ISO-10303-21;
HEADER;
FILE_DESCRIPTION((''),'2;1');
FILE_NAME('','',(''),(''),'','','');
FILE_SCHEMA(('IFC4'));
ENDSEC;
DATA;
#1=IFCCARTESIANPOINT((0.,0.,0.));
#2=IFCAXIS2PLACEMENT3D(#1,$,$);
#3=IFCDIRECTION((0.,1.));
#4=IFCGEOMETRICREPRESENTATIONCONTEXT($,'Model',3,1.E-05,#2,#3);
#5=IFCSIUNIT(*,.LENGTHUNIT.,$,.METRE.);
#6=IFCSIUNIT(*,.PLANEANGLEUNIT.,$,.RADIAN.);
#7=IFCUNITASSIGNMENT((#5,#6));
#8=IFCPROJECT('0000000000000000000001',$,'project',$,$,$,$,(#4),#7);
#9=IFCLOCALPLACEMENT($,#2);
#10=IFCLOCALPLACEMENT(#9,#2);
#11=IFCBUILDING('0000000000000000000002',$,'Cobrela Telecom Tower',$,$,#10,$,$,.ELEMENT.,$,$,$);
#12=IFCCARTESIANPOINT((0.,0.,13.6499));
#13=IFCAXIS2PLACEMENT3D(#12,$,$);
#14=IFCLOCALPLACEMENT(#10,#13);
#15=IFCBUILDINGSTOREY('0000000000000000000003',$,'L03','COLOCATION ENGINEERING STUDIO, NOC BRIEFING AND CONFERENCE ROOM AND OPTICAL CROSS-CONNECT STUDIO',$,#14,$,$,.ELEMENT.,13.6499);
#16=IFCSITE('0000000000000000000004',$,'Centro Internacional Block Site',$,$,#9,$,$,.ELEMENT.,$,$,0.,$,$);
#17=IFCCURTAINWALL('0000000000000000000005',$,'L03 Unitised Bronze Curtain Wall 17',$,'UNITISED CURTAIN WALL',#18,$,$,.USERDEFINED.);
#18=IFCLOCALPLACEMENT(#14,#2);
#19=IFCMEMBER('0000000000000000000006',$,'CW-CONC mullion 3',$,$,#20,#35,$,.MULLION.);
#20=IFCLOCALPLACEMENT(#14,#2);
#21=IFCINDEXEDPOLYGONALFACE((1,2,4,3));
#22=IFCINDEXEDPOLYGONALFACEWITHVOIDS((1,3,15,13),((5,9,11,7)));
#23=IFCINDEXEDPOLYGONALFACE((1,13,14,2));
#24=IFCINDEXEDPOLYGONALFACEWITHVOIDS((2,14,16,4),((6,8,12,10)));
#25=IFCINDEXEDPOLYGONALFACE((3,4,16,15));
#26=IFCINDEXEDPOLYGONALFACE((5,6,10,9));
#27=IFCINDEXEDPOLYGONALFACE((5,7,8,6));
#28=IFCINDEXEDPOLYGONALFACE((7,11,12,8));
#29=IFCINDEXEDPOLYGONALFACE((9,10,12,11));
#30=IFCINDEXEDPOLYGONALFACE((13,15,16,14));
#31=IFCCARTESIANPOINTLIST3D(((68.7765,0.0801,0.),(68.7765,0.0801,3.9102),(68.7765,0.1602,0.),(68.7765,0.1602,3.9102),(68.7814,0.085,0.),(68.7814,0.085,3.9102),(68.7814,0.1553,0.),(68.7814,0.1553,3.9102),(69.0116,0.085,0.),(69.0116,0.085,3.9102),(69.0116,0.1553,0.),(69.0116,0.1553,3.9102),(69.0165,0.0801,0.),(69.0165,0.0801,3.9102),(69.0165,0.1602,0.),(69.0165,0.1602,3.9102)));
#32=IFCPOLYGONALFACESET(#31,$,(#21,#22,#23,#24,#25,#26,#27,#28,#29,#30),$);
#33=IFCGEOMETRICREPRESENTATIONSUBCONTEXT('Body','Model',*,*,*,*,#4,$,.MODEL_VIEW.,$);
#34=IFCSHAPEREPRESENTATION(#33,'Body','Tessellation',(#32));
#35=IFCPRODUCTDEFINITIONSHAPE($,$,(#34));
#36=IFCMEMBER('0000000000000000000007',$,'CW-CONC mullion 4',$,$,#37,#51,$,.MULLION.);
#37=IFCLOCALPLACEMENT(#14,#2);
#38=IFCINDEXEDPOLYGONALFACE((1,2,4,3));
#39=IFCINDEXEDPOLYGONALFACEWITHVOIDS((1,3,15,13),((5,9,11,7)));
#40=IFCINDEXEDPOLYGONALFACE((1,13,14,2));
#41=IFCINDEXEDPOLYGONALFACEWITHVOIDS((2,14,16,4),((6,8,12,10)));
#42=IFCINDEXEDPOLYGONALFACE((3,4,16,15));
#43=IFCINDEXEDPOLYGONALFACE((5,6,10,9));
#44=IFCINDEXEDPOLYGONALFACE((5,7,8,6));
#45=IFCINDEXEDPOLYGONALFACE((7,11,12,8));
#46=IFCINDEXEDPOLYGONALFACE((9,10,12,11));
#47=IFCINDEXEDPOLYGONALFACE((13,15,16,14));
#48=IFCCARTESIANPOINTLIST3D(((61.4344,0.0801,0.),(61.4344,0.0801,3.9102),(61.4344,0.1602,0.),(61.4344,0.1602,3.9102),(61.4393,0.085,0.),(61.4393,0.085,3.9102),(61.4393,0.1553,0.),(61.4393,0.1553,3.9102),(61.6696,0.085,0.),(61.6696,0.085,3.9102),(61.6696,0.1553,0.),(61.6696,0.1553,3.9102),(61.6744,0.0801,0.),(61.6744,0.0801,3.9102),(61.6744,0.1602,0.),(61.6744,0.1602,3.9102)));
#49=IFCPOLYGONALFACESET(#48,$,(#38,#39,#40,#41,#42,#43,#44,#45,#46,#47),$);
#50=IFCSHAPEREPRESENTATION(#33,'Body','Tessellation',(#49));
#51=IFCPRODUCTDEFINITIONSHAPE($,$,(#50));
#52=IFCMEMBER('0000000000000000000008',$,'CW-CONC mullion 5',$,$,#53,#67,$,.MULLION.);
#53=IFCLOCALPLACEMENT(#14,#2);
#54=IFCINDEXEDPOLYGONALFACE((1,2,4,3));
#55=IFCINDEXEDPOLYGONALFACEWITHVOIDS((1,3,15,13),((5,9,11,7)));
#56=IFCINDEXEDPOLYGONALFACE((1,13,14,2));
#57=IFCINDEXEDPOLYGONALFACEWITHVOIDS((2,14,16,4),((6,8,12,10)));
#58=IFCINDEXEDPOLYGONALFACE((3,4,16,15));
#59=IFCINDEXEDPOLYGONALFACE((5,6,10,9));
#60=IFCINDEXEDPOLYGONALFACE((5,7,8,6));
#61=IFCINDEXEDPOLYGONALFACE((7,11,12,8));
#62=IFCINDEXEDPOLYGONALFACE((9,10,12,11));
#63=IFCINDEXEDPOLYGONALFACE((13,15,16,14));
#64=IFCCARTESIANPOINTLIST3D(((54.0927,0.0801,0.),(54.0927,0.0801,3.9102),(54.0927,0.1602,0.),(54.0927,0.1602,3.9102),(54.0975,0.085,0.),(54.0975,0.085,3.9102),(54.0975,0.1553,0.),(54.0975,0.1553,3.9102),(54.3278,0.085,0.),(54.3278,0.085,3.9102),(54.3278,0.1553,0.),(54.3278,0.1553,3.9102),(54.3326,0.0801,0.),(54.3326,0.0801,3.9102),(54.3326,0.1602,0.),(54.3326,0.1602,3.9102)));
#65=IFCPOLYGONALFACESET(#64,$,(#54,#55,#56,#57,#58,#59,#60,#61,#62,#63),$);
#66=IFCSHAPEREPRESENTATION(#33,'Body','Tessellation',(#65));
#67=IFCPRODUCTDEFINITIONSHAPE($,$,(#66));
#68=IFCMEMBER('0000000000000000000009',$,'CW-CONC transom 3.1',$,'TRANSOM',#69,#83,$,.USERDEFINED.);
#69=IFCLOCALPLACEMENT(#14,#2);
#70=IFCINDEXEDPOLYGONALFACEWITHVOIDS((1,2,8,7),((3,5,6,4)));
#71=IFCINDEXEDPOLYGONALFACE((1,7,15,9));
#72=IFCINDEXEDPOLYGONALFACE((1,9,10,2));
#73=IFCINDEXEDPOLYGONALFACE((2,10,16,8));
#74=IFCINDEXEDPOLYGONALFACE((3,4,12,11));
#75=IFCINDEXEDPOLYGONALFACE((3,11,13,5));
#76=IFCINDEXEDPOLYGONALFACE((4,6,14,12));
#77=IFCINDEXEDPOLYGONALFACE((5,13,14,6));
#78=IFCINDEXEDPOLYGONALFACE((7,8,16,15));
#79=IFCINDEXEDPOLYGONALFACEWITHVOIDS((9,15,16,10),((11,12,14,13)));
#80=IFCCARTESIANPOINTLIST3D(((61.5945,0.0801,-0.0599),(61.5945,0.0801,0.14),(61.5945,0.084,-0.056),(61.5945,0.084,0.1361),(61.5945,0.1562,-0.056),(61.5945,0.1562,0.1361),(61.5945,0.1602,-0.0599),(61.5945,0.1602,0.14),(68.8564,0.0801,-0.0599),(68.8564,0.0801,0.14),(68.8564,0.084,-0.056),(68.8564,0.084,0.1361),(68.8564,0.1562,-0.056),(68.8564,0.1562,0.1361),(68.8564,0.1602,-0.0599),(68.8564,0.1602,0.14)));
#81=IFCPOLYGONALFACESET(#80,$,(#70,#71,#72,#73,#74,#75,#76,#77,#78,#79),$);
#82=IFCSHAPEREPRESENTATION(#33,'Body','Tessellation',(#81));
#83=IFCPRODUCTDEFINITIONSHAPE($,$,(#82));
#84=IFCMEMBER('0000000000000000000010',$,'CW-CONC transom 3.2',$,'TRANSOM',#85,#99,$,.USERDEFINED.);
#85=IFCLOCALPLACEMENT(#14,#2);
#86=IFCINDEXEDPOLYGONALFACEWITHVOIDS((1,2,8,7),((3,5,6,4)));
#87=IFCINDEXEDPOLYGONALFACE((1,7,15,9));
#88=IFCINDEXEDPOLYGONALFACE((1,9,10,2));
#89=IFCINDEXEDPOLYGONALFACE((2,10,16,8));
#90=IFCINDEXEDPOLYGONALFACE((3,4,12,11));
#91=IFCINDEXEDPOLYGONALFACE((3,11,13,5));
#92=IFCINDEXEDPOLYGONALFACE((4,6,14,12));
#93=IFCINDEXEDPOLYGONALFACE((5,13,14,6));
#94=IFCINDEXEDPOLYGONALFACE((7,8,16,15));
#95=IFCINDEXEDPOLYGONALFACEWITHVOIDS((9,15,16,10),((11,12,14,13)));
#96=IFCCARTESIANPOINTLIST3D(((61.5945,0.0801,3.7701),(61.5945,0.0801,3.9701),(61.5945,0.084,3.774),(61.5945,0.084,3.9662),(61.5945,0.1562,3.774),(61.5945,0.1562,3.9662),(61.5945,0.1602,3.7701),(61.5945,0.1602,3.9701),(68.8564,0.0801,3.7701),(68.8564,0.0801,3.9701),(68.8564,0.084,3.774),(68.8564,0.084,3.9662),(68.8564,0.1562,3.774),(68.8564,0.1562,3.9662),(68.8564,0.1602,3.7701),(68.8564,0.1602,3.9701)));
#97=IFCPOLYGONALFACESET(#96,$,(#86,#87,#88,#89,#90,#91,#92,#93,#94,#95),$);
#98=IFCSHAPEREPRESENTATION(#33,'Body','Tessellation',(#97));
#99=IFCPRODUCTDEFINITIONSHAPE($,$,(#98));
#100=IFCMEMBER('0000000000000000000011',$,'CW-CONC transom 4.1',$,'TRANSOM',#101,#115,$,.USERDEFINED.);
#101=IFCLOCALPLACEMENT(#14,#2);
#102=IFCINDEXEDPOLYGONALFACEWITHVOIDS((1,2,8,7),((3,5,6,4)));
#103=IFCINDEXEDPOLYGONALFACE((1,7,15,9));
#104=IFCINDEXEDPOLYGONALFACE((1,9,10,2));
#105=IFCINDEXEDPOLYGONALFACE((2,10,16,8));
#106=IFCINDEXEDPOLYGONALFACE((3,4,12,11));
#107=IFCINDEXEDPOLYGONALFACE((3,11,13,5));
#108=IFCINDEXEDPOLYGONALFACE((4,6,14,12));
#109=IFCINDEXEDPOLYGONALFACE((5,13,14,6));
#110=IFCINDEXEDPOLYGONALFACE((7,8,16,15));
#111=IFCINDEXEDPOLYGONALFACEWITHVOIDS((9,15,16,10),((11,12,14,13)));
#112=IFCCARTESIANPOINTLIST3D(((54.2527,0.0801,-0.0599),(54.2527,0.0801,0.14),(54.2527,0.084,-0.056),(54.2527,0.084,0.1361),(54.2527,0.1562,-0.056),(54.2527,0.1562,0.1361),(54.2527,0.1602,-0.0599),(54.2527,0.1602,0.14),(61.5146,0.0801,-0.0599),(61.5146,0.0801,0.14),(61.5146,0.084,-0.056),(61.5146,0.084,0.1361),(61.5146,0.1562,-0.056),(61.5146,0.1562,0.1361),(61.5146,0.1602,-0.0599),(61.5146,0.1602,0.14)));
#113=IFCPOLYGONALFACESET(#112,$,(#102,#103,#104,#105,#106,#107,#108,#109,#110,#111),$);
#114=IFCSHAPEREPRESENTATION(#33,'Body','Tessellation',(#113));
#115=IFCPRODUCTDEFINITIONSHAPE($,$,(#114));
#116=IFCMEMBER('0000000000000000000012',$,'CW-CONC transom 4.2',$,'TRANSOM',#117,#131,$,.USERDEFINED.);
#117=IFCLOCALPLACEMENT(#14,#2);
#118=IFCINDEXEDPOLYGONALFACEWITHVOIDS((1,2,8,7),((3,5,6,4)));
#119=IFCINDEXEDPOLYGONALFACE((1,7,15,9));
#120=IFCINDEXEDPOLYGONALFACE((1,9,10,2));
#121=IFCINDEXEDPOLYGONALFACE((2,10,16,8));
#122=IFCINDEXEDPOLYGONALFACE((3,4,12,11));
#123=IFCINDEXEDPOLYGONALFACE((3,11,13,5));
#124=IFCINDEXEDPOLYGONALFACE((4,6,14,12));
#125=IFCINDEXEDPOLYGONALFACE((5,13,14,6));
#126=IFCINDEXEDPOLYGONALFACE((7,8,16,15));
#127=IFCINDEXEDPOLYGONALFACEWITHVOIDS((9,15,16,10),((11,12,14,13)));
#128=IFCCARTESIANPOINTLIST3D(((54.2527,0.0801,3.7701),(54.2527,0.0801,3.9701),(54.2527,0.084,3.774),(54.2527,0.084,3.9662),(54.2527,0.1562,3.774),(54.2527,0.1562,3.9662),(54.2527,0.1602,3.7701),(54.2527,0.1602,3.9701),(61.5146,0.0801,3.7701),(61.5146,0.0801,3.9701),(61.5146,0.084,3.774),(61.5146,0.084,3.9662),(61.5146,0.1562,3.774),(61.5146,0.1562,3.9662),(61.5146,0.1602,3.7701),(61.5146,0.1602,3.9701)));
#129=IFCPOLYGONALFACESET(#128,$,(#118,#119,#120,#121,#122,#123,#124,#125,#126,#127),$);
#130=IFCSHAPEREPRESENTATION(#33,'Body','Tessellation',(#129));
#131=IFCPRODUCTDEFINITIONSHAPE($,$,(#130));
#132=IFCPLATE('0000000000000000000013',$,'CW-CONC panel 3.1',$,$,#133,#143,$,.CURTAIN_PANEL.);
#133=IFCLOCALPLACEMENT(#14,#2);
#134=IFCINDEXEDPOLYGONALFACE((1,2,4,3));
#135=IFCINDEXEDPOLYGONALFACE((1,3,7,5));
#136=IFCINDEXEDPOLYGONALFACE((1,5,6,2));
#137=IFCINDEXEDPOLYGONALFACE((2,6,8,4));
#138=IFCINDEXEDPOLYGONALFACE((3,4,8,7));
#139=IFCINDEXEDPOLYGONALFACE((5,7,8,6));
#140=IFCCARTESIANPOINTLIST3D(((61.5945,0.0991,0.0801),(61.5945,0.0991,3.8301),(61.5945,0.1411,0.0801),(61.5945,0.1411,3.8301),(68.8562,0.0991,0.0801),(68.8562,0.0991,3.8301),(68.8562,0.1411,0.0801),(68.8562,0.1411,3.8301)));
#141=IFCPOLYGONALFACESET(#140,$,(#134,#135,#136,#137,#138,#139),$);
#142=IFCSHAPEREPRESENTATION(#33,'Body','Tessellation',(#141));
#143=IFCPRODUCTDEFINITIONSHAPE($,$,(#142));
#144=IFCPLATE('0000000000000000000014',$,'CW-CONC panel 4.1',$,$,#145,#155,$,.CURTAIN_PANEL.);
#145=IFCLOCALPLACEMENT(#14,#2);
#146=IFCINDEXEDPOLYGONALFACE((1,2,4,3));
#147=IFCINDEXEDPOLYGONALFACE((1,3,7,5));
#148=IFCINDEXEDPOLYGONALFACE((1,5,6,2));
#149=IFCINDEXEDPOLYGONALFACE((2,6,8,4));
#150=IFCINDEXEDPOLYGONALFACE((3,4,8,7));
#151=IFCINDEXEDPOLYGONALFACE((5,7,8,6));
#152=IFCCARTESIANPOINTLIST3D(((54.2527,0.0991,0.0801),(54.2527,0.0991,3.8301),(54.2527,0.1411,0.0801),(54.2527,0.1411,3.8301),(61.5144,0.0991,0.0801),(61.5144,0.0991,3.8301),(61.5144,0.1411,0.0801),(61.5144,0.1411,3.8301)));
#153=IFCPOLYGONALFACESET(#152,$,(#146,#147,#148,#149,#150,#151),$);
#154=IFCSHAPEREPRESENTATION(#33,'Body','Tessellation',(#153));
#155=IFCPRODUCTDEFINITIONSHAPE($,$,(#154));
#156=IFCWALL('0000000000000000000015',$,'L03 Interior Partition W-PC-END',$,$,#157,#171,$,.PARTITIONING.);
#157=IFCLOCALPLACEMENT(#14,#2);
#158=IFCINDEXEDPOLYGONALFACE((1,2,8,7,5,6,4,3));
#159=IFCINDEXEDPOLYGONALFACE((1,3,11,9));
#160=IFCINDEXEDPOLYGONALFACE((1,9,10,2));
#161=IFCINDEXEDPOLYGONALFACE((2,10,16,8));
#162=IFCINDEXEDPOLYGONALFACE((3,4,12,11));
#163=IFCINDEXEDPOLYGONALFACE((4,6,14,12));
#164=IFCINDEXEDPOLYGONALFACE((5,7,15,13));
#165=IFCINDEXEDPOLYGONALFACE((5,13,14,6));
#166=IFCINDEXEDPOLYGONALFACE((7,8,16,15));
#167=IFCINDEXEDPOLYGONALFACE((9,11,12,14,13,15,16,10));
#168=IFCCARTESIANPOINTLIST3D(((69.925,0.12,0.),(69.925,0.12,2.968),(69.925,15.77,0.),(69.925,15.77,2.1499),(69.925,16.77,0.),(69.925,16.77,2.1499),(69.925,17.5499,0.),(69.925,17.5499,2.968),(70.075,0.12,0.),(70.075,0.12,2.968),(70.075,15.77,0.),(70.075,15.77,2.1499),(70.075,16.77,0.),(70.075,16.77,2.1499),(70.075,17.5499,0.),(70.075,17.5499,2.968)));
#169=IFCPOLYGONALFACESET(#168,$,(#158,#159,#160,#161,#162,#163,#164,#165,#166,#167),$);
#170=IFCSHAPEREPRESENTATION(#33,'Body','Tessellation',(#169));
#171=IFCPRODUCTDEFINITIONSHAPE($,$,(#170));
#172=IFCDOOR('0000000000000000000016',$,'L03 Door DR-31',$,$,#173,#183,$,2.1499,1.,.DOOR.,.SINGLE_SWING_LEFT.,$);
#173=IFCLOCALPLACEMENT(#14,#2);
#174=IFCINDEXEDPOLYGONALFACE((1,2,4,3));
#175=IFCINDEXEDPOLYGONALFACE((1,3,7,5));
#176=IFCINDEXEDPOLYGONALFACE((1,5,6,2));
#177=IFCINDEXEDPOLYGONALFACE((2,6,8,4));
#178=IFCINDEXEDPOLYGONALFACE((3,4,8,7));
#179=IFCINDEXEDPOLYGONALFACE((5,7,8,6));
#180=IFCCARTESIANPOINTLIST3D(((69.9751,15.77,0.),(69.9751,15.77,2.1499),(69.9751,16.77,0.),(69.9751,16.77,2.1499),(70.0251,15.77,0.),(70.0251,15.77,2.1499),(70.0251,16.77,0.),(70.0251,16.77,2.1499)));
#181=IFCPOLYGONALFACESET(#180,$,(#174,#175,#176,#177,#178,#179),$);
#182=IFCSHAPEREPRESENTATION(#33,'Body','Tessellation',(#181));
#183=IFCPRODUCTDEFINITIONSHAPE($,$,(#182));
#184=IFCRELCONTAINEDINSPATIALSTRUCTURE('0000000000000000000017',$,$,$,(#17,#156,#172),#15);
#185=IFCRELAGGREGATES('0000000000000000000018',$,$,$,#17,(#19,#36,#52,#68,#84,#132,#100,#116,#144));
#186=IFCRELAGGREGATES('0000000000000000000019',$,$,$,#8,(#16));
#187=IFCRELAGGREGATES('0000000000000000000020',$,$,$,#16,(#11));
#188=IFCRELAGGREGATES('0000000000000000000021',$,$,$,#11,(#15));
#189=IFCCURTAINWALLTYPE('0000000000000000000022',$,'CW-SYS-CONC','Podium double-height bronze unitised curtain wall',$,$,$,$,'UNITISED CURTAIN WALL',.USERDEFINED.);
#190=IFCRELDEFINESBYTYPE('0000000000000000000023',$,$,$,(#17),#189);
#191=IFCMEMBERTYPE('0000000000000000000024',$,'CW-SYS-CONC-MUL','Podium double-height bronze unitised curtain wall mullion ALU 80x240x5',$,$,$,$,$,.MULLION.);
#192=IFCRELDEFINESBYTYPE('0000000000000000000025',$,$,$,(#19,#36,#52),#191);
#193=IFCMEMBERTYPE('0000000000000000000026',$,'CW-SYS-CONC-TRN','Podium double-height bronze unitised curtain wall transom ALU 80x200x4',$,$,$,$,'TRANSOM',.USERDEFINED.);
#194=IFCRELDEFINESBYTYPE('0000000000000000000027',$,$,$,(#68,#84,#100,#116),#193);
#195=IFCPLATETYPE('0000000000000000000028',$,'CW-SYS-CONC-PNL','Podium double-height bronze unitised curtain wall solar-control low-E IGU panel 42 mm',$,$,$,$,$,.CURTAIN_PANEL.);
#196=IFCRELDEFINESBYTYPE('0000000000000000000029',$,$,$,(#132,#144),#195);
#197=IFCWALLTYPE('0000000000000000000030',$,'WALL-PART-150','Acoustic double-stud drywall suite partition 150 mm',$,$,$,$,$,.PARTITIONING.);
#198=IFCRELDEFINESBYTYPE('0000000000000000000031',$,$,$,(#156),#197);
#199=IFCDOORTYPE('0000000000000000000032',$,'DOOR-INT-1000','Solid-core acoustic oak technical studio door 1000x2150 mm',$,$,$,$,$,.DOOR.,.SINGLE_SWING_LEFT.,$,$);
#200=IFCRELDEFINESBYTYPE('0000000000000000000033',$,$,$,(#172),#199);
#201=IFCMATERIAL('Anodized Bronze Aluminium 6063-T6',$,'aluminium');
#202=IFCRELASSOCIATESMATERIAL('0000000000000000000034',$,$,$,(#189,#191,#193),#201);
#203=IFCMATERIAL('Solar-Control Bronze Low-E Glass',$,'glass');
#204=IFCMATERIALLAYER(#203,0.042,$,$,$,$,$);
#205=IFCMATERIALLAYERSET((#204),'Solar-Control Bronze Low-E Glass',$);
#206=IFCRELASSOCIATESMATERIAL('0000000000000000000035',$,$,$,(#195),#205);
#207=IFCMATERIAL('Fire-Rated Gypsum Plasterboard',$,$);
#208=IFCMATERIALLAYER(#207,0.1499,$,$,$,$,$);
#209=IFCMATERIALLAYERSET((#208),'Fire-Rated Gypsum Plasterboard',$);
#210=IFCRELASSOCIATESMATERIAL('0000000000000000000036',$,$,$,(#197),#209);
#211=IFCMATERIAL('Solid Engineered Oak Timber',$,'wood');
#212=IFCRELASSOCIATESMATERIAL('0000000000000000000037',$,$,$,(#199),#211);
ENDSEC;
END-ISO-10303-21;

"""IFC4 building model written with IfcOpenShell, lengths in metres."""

from ifc_helpers import new_model, si_unit, direction, frame, frame_2d, origin, origin_2d, place, context, subcontext, project, spatial, rectangle, hollow_rectangle, extrude, material, layer, layer_set, material_profile, profile_set, type_object, element, fill, aggregate, save


model = new_model("IFC4")

# Units and contexts
model_context = context("Model", 3, precision=1e-05, world=origin(), true_north=direction((0.0, 1.0)))
body_context = subcontext(model_context, "Body", "Model", "MODEL_VIEW")
ifc_project = project(units=[si_unit("LENGTHUNIT", "METRE"), si_unit("PLANEANGLEUNIT", "RADIAN")], contexts=[model_context])

# Site, building, storey
site_placement = place(None, origin())
site = spatial("IfcSite", under=ifc_project, at=site_placement, Name="Centro Internacional Block Site", CompositionType="ELEMENT", RefElevation=0.0)
building_placement = place(site_placement, origin())
building = spatial("IfcBuilding", under=site, at=building_placement, Name="Cobrela Telecom Tower", CompositionType="ELEMENT")
storey_placement = place(building_placement, frame((0.0, 0.0, 13.6499)))
storey = spatial("IfcBuildingStorey", under=building, at=storey_placement, Name="L03", Description="COLOCATION ENGINEERING STUDIO, NOC BRIEFING AND CONFERENCE ROOM AND OPTICAL CROSS-CONNECT STUDIO", CompositionType="ELEMENT", Elevation=13.6499)

# Curtain wall, members, plates
ifc_material_1 = material(Name="Anodized Bronze Aluminium 6063-T6", Category="aluminium")
curtain_wall_type = type_object("IfcCurtainWallType", Name="CW-SYS-CONC", Description="Podium double-height bronze unitised curtain wall", ElementType="UNITISED CURTAIN WALL", PredefinedType="USERDEFINED", material=ifc_material_1)
curtain_wall_placement = place(storey_placement, origin())
curtain_wall = element("IfcCurtainWall", 1, at=curtain_wall_placement, inside=storey, type_object=curtain_wall_type, Name="L03 Unitised Bronze Curtain Wall 17", ObjectType="UNITISED CURTAIN WALL", PredefinedType="USERDEFINED")
ifc_material_profile_1 = material_profile(ifc_material_1, hollow_rectangle(XDim=0.0801, YDim=0.24, WallThickness=0.0049, at=origin_2d()), Name="ALU 80x240x5")
ifc_profile_set_1 = profile_set([ifc_material_profile_1], Name="Anodized Bronze Aluminium 6063-T6")
member_type_1 = type_object("IfcMemberType", Name="CW-SYS-CONC-MUL", Description="Podium double-height bronze unitised curtain wall mullion ALU 80x240x5", PredefinedType="MULLION", material=ifc_profile_set_1)
member_1_placement = place(storey_placement, frame((68.8965, 0.1201, 0.0), z_axis=(0.0, 0.0, 1.0), x_axis=(0.0, -1.0, 0.0)))
member_1 = element("IfcMember", 2, at=member_1_placement, type_object=member_type_1, Name="CW-CONC mullion 3", PredefinedType="MULLION", context=body_context, shape_type="SweptSolid", body=[
    extrude(hollow_rectangle(XDim=0.0801, YDim=0.24, WallThickness=0.0049, at=origin_2d()), origin(), (0.0, 0.0, 1.0), 3.9102),
])
member_2_placement = place(storey_placement, frame((61.5544, 0.1201, 0.0), z_axis=(0.0, 0.0, 1.0), x_axis=(0.0, -1.0, 0.0)))
member_2 = element("IfcMember", 3, at=member_2_placement, type_object=member_type_1, Name="CW-CONC mullion 4", PredefinedType="MULLION", context=body_context, shape_type="SweptSolid", body=[
    extrude(hollow_rectangle(XDim=0.0801, YDim=0.24, WallThickness=0.0049, at=origin_2d()), origin(), (0.0, 0.0, 1.0), 3.9102),
])
member_3_placement = place(storey_placement, frame((54.2126, 0.1201, 0.0), z_axis=(0.0, 0.0, 1.0), x_axis=(0.0, -1.0, 0.0)))
member_3 = element("IfcMember", 4, at=member_3_placement, type_object=member_type_1, Name="CW-CONC mullion 5", PredefinedType="MULLION", context=body_context, shape_type="SweptSolid", body=[
    extrude(hollow_rectangle(XDim=0.0801, YDim=0.24, WallThickness=0.0049, at=origin_2d()), origin(), (0.0, 0.0, 1.0), 3.9102),
])
ifc_material_profile_2 = material_profile(ifc_material_1, hollow_rectangle(XDim=0.0801, YDim=0.2, WallThickness=0.0039, at=origin_2d()), Name="ALU 80x200x4")
ifc_profile_set_2 = profile_set([ifc_material_profile_2], Name="Anodized Bronze Aluminium 6063-T6")
member_type_2 = type_object("IfcMemberType", Name="CW-SYS-CONC-TRN", Description="Podium double-height bronze unitised curtain wall transom ALU 80x200x4", ElementType="TRANSOM", PredefinedType="USERDEFINED", material=ifc_profile_set_2)
member_4_placement = place(storey_placement, frame((68.8564, 0.1201, 0.04), z_axis=(-1.0, 0.0, 0.0), x_axis=(0.0, -1.0, 0.0)))
member_4 = element("IfcMember", 5, at=member_4_placement, type_object=member_type_2, Name="CW-CONC transom 3.1", ObjectType="TRANSOM", PredefinedType="USERDEFINED", context=body_context, shape_type="SweptSolid", body=[
    extrude(hollow_rectangle(XDim=0.0801, YDim=0.2, WallThickness=0.0039, at=origin_2d()), origin(), (0.0, 0.0, 1.0), 7.262),
])
member_5_placement = place(storey_placement, frame((68.8564, 0.1201, 3.8701), z_axis=(-1.0, 0.0, 0.0), x_axis=(0.0, -1.0, 0.0)))
member_5 = element("IfcMember", 6, at=member_5_placement, type_object=member_type_2, Name="CW-CONC transom 3.2", ObjectType="TRANSOM", PredefinedType="USERDEFINED", context=body_context, shape_type="SweptSolid", body=[
    extrude(hollow_rectangle(XDim=0.0801, YDim=0.2, WallThickness=0.0039, at=origin_2d()), origin(), (0.0, 0.0, 1.0), 7.262),
])
member_6_placement = place(storey_placement, frame((61.5146, 0.1201, 0.04), z_axis=(-1.0, 0.0, 0.0), x_axis=(0.0, -1.0, 0.0)))
member_6 = element("IfcMember", 7, at=member_6_placement, type_object=member_type_2, Name="CW-CONC transom 4.1", ObjectType="TRANSOM", PredefinedType="USERDEFINED", context=body_context, shape_type="SweptSolid", body=[
    extrude(hollow_rectangle(XDim=0.0801, YDim=0.2, WallThickness=0.0039, at=origin_2d()), origin(), (0.0, 0.0, 1.0), 7.262),
])
member_7_placement = place(storey_placement, frame((61.5146, 0.1201, 3.8701), z_axis=(-1.0, 0.0, 0.0), x_axis=(0.0, -1.0, 0.0)))
member_7 = element("IfcMember", 8, at=member_7_placement, type_object=member_type_2, Name="CW-CONC transom 4.2", ObjectType="TRANSOM", PredefinedType="USERDEFINED", context=body_context, shape_type="SweptSolid", body=[
    extrude(hollow_rectangle(XDim=0.0801, YDim=0.2, WallThickness=0.0039, at=origin_2d()), origin(), (0.0, 0.0, 1.0), 7.262),
])
ifc_material_2 = material(Name="Solar-Control Bronze Low-E Glass", Category="glass")
ifc_layer_1 = layer(ifc_material_2, 0.042)
ifc_layer_set_1 = layer_set([ifc_layer_1], Name="Solar-Control Bronze Low-E Glass")
plate_type = type_object("IfcPlateType", Name="CW-SYS-CONC-PNL", Description="Podium double-height bronze unitised curtain wall solar-control low-E IGU panel 42 mm", PredefinedType="CURTAIN_PANEL", material=ifc_layer_set_1)
plate_1_placement = place(storey_placement, frame((65.2253, 0.1201, 0.0801), z_axis=(0.0, 0.0, 1.0), x_axis=(-1.0, 0.0, 0.0)))
plate_1 = element("IfcPlate", 9, at=plate_1_placement, type_object=plate_type, Name="CW-CONC panel 3.1", PredefinedType="CURTAIN_PANEL", context=body_context, shape_type="SweptSolid", body=[
    extrude(rectangle(XDim=7.2617, YDim=0.042, at=origin_2d()), origin(), (0.0, 0.0, 1.0), 3.75),
])
plate_2_placement = place(storey_placement, frame((57.8835, 0.1201, 0.0801), z_axis=(0.0, 0.0, 1.0), x_axis=(-1.0, 0.0, 0.0)))
plate_2 = element("IfcPlate", 10, at=plate_2_placement, type_object=plate_type, Name="CW-CONC panel 4.1", PredefinedType="CURTAIN_PANEL", context=body_context, shape_type="SweptSolid", body=[
    extrude(rectangle(XDim=7.2617, YDim=0.042, at=origin_2d()), origin(), (0.0, 0.0, 1.0), 3.75),
])
aggregate(curtain_wall, [member_1, member_2, member_3, member_4, member_5, plate_1, member_6, member_7, plate_2])

# Wall, opening, door
ifc_material_3 = material(Name="Fire-Rated Gypsum Plasterboard")
ifc_layer_2 = layer(ifc_material_3, 0.1499)
ifc_layer_set_2 = layer_set([ifc_layer_2], Name="Fire-Rated Gypsum Plasterboard")
wall_type = type_object("IfcWallType", Name="WALL-PART-150", Description="Acoustic double-stud drywall suite partition 150 mm", PredefinedType="PARTITIONING", material=ifc_layer_set_2)
wall_placement = place(storey_placement, frame((70.0, 0.1201, 0.0), z_axis=(0.0, 0.0, 1.0), x_axis=(0.0, 1.0, 0.0)))
wall = element("IfcWall", 11, at=wall_placement, inside=storey, type_object=wall_type, Name="L03 Interior Partition W-PC-END", PredefinedType="PARTITIONING", context=body_context, shape_type="SweptSolid", body=[
    extrude(rectangle(XDim=17.4299, YDim=0.1499, at=frame_2d((8.7148, 0.0))), origin(), (0.0, 0.0, 1.0), 2.968),
])
opening_placement = place(wall_placement, frame((15.6499, 0.0, 0.0)))
opening = element("IfcOpeningElement", 12, at=opening_placement, cuts=wall, PredefinedType="OPENING", context=body_context, shape_type="SweptSolid", body=[
    extrude(rectangle(XDim=1.0, YDim=2.1499, at=frame_2d((0.5, 1.075))), frame((0.0, 0.0869, 0.0), z_axis=(0.0, -1.0, 0.0), x_axis=(1.0, 0.0, 0.0)), (0.0, 0.0, 1.0), 0.1738),
])
ifc_material_4 = material(Name="Solid Engineered Oak Timber", Category="wood")
door_type = type_object("IfcDoorType", Name="DOOR-INT-1000", Description="Solid-core acoustic oak technical studio door 1000x2150 mm", OperationType="SINGLE_SWING_LEFT", PredefinedType="DOOR", material=ifc_material_4)
door_placement = place(opening_placement, origin())
door = element("IfcDoor", 13, at=door_placement, inside=storey, type_object=door_type, Name="L03 Door DR-31", OperationType="SINGLE_SWING_LEFT", OverallHeight=2.1499, OverallWidth=1.0, PredefinedType="DOOR", context=body_context, shape_type="SweptSolid", body=[
    extrude(rectangle(XDim=1.0, YDim=2.1499, at=frame_2d((0.5, 1.075))), frame((0.0, 0.0249, 0.0), z_axis=(0.0, -1.0, 0.0), x_axis=(1.0, 0.0, 0.0)), (0.0, 0.0, 1.0), 0.05),
])
fill(opening, door)

save(model, "model.ifc")
